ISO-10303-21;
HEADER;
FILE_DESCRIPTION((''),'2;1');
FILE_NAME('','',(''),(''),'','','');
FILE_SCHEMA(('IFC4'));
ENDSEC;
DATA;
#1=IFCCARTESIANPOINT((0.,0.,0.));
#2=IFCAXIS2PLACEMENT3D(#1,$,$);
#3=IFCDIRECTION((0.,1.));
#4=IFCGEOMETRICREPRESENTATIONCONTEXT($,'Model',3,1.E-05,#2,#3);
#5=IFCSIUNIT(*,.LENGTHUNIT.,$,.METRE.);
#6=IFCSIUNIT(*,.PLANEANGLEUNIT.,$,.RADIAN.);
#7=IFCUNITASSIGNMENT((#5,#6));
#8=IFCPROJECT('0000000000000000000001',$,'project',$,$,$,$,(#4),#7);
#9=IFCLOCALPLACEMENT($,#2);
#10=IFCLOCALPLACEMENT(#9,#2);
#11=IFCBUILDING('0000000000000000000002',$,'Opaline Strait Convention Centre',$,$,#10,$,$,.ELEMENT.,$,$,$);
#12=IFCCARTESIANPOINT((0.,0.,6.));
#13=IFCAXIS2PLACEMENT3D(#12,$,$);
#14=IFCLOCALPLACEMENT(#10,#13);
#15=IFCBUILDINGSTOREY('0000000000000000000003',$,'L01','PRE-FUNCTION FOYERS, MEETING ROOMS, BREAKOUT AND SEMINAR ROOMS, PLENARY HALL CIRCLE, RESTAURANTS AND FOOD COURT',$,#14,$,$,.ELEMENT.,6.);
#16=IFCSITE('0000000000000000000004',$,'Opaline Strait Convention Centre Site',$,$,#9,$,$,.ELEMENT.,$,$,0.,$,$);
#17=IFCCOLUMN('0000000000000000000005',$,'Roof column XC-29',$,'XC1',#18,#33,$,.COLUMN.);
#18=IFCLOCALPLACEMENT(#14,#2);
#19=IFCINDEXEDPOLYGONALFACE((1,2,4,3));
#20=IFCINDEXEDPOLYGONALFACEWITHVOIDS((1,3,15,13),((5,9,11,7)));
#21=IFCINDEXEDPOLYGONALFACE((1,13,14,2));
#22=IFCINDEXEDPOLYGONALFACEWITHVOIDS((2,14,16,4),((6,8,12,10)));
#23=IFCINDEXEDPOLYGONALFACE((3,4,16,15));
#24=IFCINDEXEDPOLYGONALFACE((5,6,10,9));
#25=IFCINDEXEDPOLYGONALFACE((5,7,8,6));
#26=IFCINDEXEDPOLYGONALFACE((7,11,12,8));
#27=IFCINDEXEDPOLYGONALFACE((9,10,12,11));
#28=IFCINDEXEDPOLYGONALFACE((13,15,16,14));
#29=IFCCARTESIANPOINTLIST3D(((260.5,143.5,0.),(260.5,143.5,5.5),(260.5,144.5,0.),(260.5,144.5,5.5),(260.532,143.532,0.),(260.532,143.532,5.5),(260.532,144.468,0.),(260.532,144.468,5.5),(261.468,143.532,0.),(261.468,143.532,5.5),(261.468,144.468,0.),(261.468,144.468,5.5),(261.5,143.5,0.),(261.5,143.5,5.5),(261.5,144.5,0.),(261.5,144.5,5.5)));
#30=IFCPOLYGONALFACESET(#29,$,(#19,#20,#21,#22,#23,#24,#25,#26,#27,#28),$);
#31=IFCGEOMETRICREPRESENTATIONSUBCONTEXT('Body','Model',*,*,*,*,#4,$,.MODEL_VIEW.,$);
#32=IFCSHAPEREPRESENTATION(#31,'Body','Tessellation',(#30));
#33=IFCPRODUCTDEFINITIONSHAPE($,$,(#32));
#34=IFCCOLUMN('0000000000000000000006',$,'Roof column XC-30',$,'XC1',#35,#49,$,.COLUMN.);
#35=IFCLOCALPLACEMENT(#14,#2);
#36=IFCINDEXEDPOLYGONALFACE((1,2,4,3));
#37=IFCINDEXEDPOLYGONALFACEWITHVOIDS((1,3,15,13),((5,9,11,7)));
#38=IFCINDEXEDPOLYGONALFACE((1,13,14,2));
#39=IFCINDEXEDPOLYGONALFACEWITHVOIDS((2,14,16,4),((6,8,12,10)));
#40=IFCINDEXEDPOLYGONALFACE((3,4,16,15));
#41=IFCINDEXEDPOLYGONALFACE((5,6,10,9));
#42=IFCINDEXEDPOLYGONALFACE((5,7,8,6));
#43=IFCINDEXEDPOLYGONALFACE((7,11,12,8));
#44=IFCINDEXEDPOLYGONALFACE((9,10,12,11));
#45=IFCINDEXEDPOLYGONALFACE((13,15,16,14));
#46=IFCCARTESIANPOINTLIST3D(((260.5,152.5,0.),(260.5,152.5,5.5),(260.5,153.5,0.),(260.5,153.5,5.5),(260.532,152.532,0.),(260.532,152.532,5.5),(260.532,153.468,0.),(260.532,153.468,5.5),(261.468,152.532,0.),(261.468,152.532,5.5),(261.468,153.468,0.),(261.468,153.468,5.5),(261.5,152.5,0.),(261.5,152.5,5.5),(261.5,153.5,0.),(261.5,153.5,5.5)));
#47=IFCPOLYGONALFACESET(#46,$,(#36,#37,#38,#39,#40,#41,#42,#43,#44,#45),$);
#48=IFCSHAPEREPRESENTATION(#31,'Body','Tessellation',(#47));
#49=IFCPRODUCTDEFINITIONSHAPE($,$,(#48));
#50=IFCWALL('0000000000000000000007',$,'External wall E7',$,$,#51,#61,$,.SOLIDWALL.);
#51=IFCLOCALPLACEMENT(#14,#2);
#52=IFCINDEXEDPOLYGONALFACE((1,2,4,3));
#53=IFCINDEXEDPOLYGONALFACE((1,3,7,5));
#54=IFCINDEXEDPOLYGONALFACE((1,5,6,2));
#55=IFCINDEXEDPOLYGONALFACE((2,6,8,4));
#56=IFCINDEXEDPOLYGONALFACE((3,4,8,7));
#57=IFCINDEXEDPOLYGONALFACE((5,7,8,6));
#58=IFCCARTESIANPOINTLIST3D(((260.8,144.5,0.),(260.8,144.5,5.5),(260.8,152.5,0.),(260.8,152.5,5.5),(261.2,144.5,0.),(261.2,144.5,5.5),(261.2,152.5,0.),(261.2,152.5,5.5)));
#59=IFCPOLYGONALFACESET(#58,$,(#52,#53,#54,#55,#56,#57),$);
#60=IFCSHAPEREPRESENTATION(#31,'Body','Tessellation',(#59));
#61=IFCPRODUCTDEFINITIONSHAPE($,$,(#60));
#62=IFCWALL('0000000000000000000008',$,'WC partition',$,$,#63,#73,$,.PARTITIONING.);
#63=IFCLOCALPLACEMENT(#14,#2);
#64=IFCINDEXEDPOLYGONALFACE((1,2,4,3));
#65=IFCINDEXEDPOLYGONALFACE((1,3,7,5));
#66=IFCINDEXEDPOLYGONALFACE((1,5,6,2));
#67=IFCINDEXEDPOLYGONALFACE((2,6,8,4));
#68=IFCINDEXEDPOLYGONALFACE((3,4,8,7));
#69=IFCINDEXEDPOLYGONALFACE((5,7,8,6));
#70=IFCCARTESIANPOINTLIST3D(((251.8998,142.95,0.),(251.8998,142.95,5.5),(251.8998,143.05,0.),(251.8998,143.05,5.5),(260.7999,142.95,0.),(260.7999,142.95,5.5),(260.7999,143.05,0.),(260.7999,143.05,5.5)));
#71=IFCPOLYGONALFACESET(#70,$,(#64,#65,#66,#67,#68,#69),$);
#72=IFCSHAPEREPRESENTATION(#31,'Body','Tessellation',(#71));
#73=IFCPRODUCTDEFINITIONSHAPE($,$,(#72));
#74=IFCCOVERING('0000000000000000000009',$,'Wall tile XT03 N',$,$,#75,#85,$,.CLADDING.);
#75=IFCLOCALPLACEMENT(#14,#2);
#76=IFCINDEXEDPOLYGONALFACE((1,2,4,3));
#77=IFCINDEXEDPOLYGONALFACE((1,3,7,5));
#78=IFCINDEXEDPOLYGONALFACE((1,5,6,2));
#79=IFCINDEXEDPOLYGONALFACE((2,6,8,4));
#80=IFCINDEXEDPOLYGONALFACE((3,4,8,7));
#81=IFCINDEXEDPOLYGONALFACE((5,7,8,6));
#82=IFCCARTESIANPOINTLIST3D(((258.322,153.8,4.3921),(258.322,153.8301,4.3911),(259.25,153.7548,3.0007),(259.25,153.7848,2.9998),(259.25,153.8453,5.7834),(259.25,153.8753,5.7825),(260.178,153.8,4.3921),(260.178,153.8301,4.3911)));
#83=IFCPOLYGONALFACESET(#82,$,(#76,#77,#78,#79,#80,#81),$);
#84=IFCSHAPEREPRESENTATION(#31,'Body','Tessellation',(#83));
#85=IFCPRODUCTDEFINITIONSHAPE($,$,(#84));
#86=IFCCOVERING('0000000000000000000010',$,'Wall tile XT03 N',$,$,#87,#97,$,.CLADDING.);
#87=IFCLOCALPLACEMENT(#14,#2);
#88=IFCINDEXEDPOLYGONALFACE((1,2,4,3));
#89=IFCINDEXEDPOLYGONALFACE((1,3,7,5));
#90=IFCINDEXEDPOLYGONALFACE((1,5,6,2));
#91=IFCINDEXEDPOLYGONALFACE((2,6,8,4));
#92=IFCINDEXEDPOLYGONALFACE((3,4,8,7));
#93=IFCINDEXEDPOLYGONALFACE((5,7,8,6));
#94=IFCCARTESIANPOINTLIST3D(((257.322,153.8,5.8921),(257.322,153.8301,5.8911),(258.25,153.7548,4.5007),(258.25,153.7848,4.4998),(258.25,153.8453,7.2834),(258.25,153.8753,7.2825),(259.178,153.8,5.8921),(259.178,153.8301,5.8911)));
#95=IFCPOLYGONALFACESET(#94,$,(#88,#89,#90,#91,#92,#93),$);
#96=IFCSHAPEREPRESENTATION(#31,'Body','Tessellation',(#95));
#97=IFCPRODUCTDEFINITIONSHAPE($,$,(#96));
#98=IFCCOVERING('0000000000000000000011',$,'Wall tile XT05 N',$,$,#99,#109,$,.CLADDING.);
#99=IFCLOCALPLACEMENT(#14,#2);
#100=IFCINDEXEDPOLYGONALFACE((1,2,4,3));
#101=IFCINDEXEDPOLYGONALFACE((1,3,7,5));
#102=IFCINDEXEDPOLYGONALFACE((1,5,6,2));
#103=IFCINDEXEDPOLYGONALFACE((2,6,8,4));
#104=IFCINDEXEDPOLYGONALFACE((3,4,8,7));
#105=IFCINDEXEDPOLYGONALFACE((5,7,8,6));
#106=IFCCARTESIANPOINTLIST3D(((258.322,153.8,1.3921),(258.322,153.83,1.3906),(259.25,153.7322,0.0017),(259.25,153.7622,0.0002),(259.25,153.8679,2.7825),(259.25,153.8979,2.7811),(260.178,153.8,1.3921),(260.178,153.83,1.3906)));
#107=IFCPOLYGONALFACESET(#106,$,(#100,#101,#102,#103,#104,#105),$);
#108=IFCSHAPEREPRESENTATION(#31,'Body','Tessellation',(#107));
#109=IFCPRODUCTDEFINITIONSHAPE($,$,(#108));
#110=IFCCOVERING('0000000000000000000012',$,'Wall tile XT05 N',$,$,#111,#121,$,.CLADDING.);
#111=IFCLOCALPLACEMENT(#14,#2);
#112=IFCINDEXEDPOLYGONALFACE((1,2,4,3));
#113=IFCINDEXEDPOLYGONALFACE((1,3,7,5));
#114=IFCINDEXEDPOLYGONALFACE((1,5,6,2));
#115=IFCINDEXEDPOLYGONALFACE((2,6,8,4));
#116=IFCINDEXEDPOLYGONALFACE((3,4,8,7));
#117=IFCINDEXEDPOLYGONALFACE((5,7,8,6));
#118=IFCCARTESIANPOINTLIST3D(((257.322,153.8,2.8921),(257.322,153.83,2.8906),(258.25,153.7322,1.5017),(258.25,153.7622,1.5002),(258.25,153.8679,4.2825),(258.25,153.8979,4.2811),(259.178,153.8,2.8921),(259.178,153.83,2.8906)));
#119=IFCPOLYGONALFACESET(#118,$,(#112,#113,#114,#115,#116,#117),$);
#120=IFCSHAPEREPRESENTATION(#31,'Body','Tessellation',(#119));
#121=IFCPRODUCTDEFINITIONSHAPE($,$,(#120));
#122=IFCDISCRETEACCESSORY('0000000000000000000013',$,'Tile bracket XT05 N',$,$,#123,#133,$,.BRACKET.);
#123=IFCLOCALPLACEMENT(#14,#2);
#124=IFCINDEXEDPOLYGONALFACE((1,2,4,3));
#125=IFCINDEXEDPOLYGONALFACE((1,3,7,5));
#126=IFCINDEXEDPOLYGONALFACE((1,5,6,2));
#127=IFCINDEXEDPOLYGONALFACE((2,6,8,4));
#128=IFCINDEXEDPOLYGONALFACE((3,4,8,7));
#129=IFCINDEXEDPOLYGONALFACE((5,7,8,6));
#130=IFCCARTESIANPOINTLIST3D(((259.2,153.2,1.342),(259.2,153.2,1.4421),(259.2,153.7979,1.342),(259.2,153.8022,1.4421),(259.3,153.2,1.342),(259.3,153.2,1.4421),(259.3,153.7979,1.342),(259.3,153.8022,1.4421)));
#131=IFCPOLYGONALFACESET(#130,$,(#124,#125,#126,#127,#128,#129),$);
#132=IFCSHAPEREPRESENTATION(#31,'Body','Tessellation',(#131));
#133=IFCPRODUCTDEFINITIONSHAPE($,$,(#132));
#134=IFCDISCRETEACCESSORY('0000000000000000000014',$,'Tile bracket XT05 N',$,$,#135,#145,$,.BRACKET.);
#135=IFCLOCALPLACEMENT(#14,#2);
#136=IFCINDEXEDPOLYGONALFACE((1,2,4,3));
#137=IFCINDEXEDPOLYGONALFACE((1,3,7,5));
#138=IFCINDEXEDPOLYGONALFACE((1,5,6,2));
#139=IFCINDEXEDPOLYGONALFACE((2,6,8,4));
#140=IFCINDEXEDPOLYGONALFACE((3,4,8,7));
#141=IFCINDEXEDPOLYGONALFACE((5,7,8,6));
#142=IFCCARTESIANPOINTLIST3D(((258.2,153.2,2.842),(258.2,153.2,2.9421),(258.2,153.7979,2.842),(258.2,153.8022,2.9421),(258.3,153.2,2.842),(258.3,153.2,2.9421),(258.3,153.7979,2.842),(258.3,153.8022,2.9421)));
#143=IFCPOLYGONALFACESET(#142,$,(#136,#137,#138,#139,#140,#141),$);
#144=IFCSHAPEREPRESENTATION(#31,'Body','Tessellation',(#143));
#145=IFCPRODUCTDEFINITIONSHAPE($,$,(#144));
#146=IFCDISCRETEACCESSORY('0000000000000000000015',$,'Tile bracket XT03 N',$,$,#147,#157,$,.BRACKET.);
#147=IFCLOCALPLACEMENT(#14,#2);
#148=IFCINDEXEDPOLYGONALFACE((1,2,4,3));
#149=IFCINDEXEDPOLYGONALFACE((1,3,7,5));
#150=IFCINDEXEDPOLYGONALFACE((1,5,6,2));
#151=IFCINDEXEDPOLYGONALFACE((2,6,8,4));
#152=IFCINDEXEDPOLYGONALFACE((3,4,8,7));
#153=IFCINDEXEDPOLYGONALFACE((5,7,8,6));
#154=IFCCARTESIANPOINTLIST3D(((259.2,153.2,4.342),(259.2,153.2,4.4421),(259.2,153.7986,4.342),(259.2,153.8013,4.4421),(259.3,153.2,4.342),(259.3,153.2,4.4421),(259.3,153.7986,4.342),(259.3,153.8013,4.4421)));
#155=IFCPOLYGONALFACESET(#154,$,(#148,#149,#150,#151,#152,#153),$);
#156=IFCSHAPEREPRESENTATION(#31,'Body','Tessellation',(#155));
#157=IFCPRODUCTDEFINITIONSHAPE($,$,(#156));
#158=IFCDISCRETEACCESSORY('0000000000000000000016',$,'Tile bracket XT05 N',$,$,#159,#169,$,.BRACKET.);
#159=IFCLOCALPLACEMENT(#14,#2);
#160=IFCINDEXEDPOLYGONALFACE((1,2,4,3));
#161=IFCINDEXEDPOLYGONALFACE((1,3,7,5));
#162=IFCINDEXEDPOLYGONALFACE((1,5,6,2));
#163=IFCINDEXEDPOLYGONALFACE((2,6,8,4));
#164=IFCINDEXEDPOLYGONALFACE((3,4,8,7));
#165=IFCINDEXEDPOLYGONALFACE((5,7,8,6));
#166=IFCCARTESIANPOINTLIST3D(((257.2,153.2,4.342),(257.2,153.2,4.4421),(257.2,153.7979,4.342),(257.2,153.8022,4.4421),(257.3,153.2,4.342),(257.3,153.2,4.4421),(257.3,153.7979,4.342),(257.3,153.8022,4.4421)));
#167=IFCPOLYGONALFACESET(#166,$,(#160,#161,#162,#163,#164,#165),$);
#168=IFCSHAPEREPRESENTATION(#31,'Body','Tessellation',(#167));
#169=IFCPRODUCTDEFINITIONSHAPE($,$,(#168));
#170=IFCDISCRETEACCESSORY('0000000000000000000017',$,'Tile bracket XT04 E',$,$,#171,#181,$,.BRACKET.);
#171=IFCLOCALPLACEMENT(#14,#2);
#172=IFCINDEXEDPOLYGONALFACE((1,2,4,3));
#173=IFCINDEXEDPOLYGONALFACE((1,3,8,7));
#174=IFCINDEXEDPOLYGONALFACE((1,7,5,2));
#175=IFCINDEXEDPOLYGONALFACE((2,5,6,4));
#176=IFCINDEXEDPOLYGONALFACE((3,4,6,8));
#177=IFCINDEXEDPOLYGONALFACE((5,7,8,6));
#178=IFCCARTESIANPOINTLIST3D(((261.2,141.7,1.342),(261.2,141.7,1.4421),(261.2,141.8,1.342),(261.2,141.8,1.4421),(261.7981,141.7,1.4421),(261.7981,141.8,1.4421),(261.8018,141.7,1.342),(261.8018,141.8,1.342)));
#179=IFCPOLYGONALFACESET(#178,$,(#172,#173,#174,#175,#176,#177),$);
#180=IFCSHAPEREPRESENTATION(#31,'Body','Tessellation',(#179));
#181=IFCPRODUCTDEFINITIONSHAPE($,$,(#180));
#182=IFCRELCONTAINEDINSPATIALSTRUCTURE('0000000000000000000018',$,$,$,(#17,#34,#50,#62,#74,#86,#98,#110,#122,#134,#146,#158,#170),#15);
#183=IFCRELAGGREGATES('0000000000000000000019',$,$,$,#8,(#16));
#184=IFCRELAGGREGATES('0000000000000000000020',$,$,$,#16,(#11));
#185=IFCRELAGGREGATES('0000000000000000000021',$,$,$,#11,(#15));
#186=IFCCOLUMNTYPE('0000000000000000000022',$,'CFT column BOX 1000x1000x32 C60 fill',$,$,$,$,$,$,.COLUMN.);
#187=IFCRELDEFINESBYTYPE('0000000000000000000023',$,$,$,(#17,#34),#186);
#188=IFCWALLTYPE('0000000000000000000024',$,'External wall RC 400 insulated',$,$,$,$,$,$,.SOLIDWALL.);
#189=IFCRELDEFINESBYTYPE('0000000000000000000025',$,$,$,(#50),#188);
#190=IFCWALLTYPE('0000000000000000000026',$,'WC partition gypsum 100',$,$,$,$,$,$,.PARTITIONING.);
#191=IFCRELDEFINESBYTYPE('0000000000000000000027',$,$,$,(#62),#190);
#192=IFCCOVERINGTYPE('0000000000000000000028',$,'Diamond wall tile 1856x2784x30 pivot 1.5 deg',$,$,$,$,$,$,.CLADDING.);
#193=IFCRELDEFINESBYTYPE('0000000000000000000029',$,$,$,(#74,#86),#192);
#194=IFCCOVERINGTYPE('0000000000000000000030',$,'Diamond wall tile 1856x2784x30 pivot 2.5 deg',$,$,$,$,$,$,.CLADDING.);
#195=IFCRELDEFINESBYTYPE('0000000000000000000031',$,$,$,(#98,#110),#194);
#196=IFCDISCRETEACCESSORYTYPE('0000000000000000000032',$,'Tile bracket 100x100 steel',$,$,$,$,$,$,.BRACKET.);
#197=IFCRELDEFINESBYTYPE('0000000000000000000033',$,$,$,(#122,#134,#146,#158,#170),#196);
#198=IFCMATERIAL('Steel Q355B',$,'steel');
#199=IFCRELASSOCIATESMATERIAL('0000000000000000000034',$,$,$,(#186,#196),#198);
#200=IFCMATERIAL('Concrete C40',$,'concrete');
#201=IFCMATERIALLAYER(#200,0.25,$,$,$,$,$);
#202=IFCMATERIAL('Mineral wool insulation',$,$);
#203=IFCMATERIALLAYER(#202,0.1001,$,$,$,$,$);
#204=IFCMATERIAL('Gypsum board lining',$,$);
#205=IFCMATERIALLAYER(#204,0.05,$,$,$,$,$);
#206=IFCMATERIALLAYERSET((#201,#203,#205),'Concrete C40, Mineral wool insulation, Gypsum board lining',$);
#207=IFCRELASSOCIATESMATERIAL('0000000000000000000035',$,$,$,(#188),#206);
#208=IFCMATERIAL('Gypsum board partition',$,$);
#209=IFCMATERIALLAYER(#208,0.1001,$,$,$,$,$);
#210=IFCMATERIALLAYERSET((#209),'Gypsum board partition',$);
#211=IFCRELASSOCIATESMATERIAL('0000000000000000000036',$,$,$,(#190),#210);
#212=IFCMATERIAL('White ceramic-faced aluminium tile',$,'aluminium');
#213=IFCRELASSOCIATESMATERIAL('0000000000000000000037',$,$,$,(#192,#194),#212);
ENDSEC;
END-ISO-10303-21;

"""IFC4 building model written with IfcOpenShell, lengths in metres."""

from ifc_helpers import new_model, si_unit, direction, frame, frame_2d, origin, origin_2d, place, context, subcontext, project, spatial, polyline, rectangle, hollow_rectangle, outline, extrude, material, layer, layer_set, material_profile, profile_set, type_object, element, save


model = new_model("IFC4")

# Units and contexts
model_context = context("Model", 3, precision=1e-05, world=origin(), true_north=direction((0.0, 1.0)))
body_context = subcontext(model_context, "Body", "Model", "MODEL_VIEW")
ifc_project = project(units=[si_unit("LENGTHUNIT", "METRE"), si_unit("PLANEANGLEUNIT", "RADIAN")], contexts=[model_context])

# Site, building, storey
site_placement = place(None, origin())
site = spatial("IfcSite", under=ifc_project, at=site_placement, Name="Opaline Strait Convention Centre Site", CompositionType="ELEMENT", RefElevation=0.0)
building_placement = place(site_placement, origin())
building = spatial("IfcBuilding", under=site, at=building_placement, Name="Opaline Strait Convention Centre", CompositionType="ELEMENT")
storey_placement = place(building_placement, frame((0.0, 0.0, 6.0)))
storey = spatial("IfcBuildingStorey", under=building, at=storey_placement, Name="L01", Description="PRE-FUNCTION FOYERS, MEETING ROOMS, BREAKOUT AND SEMINAR ROOMS, PLENARY HALL CIRCLE, RESTAURANTS AND FOOD COURT", CompositionType="ELEMENT", Elevation=6.0)

# Columns
ifc_material_1 = material(Name="Steel Q355B", Category="steel")
ifc_material_profile_1 = material_profile(ifc_material_1, hollow_rectangle(XDim=1.0, YDim=1.0, WallThickness=0.032, at=origin_2d()), Name="BOX 1000x1000x32")
ifc_profile_set_1 = profile_set([ifc_material_profile_1], Name="Steel Q355B")
column_type = type_object("IfcColumnType", Name="CFT column BOX 1000x1000x32 C60 fill", PredefinedType="COLUMN", material=ifc_profile_set_1)
for number, where, z_axis, x_axis, name in (
    (1, (261.0, 144.0, 0.0), (0.0, 0.0, 1.0), (1.0, 0.0, 0.0), "Roof column XC-29"),
    (2, (261.0, 153.0, 0.0), (0.0, 0.0, 1.0), (1.0, 0.0, 0.0), "Roof column XC-30"),
):
    element("IfcColumn", number, at=place(storey_placement, frame(where, z_axis=z_axis, x_axis=x_axis)), inside=storey, type_object=column_type, Name=name, ObjectType="XC1", PredefinedType="COLUMN", context=body_context, shape_type="SweptSolid", body=[
        extrude(hollow_rectangle(XDim=1.0, YDim=1.0, WallThickness=0.032, at=origin_2d()), origin(), (0.0, 0.0, 1.0), 5.5),
    ])

# Walls
ifc_material_2 = material(Name="Concrete C40", Category="concrete")
ifc_layer_1 = layer(ifc_material_2, 0.25)
ifc_material_3 = material(Name="Mineral wool insulation")
ifc_layer_2 = layer(ifc_material_3, 0.1001)
ifc_material_4 = material(Name="Gypsum board lining")
ifc_layer_3 = layer(ifc_material_4, 0.05)
ifc_layer_set_1 = layer_set([ifc_layer_1, ifc_layer_2, ifc_layer_3], Name="Concrete C40, Mineral wool insulation, Gypsum board lining")
wall_type_1 = type_object("IfcWallType", Name="External wall RC 400 insulated", PredefinedType="SOLIDWALL", material=ifc_layer_set_1)
wall_1_placement = place(storey_placement, frame((261.0, 144.5, 0.0), z_axis=(0.0, 0.0, 1.0), x_axis=(0.0, 1.0, 0.0)))
element("IfcWall", 3, at=wall_1_placement, inside=storey, type_object=wall_type_1, Name="External wall E7", PredefinedType="SOLIDWALL", context=body_context, shape_type="SweptSolid", body=[
    extrude(rectangle(XDim=8.0, YDim=0.3999, at=frame_2d((4.0, 0.0))), origin(), (0.0, 0.0, 1.0), 5.5),
])
ifc_material_5 = material(Name="Gypsum board partition")
ifc_layer_4 = layer(ifc_material_5, 0.1001)
ifc_layer_set_2 = layer_set([ifc_layer_4], Name="Gypsum board partition")
wall_type_2 = type_object("IfcWallType", Name="WC partition gypsum 100", PredefinedType="PARTITIONING", material=ifc_layer_set_2)
wall_2_placement = place(storey_placement, frame((260.8, 143.0, 0.0), z_axis=(0.0, 0.0, 1.0), x_axis=(-1.0, 0.0, 0.0)))
element("IfcWall", 4, at=wall_2_placement, inside=storey, type_object=wall_type_2, Name="WC partition", PredefinedType="PARTITIONING", context=body_context, shape_type="SweptSolid", body=[
    extrude(rectangle(XDim=8.9001, YDim=0.1001, at=frame_2d((4.4502, 0.0))), origin(), (0.0, 0.0, 1.0), 5.5),
])

# Coverings
ifc_material_6 = material(Name="White ceramic-faced aluminium tile", Category="aluminium")
ifc_material_profile_2 = material_profile(ifc_material_6, outline(polyline([(0.928, 0.0), (0.0, 1.3921), (-0.928, 0.0), (0.0, -1.3921), (0.928, 0.0)])), Name="Diamond tile 1856x2784")
ifc_profile_set_2 = profile_set([ifc_material_profile_2], Name="White ceramic-faced aluminium tile")
covering_type_1 = type_object("IfcCoveringType", Name="Diamond wall tile 1856x2784x30 pivot 1.5 deg", PredefinedType="CLADDING", material=ifc_profile_set_2)
for number, where, z_axis, x_axis, name in (
    (5, (259.25, 153.8, 4.3921), (0.0, 0.999472, -0.032503), (-1.0, 0.0, 0.0), "Wall tile XT03 N"),
    (6, (258.25, 153.8, 5.8921), (0.0, 0.999472, -0.032503), (-1.0, 0.0, 0.0), "Wall tile XT03 N"),
):
    element("IfcCovering", number, at=place(storey_placement, frame(where, z_axis=z_axis, x_axis=x_axis)), inside=storey, type_object=covering_type_1, Name=name, PredefinedType="CLADDING", context=body_context, shape_type="SweptSolid", body=[
        extrude(outline(polyline([(0.928, 0.0), (0.0, 1.3921), (-0.928, 0.0), (0.0, -1.3921), (0.928, 0.0)])), origin(), (0.0, 0.0, 1.0), 0.03),
    ])
ifc_material_profile_3 = material_profile(ifc_material_6, outline(polyline([(0.928, 0.0), (0.0, 1.3921), (-0.928, 0.0), (0.0, -1.3921), (0.928, 0.0)])), Name="Diamond tile 1856x2784")
ifc_profile_set_3 = profile_set([ifc_material_profile_3], Name="White ceramic-faced aluminium tile")
covering_type_2 = type_object("IfcCoveringType", Name="Diamond wall tile 1856x2784x30 pivot 2.5 deg", PredefinedType="CLADDING", material=ifc_profile_set_3)
for number, where, z_axis, x_axis, name in (
    (7, (259.25, 153.8, 1.3921), (0.0, 0.998812, -0.048723), (-1.0, 0.0, 0.0), "Wall tile XT05 N"),
    (8, (258.25, 153.8, 2.8921), (0.0, 0.998812, -0.048723), (-1.0, 0.0, 0.0), "Wall tile XT05 N"),
):
    element("IfcCovering", number, at=place(storey_placement, frame(where, z_axis=z_axis, x_axis=x_axis)), inside=storey, type_object=covering_type_2, Name=name, PredefinedType="CLADDING", context=body_context, shape_type="SweptSolid", body=[
        extrude(outline(polyline([(0.928, 0.0), (0.0, 1.3921), (-0.928, 0.0), (0.0, -1.3921), (0.928, 0.0)])), origin(), (0.0, 0.0, 1.0), 0.03),
    ])

# Discrete accessories
discrete_accessory_type = type_object("IfcDiscreteAccessoryType", Name="Tile bracket 100x100 steel", PredefinedType="BRACKET", material=ifc_material_1)
for number, where, z_axis, x_axis, name in (
    (9, (259.3, 153.2, 1.3921), (-1.0, 0.0, 0.0), (0.0, -1.0, 0.0), "Tile bracket XT05 N"),
    (10, (258.3, 153.2, 2.8921), (-1.0, 0.0, 0.0), (0.0, -1.0, 0.0), "Tile bracket XT05 N"),
):
    element("IfcDiscreteAccessory", number, at=place(storey_placement, frame(where, z_axis=z_axis, x_axis=x_axis)), inside=storey, type_object=discrete_accessory_type, Name=name, PredefinedType="BRACKET", context=body_context, shape_type="SweptSolid", body=[
        extrude(outline(polyline([(0.0, -0.05), (0.0, 0.05), (-0.6023, 0.05), (-0.5979, -0.05), (0.0, -0.05)])), origin(), (0.0, 0.0, 1.0), 0.1001),
    ])
discrete_accessory_1_placement = place(storey_placement, frame((259.3, 153.2, 4.3921), z_axis=(-1.0, 0.0, 0.0), x_axis=(0.0, -1.0, 0.0)))
element("IfcDiscreteAccessory", 11, at=discrete_accessory_1_placement, inside=storey, type_object=discrete_accessory_type, Name="Tile bracket XT03 N", PredefinedType="BRACKET", context=body_context, shape_type="SweptSolid", body=[
    extrude(outline(polyline([(0.0, -0.05), (0.0, 0.05), (-0.6013, 0.05), (-0.5986, -0.05), (0.0, -0.05)])), origin(), (0.0, 0.0, 1.0), 0.1001),
])
discrete_accessory_2_placement = place(storey_placement, frame((257.3, 153.2, 4.3921), z_axis=(-1.0, 0.0, 0.0), x_axis=(0.0, -1.0, 0.0)))
element("IfcDiscreteAccessory", 12, at=discrete_accessory_2_placement, inside=storey, type_object=discrete_accessory_type, Name="Tile bracket XT05 N", PredefinedType="BRACKET", context=body_context, shape_type="SweptSolid", body=[
    extrude(outline(polyline([(0.0, -0.05), (0.0, 0.05), (-0.6023, 0.05), (-0.5979, -0.05), (0.0, -0.05)])), origin(), (0.0, 0.0, 1.0), 0.1001),
])
discrete_accessory_3_placement = place(storey_placement, frame((261.2, 141.7, 1.3921), z_axis=(0.0, 1.0, 0.0), x_axis=(-1.0, 0.0, 0.0)))
element("IfcDiscreteAccessory", 13, at=discrete_accessory_3_placement, inside=storey, type_object=discrete_accessory_type, Name="Tile bracket XT04 E", PredefinedType="BRACKET", context=body_context, shape_type="SweptSolid", body=[
    extrude(outline(polyline([(0.0, -0.05), (0.0, 0.05), (-0.5981, 0.05), (-0.6018, -0.05), (0.0, -0.05)])), origin(), (0.0, 0.0, 1.0), 0.1001),
])

save(model, "model.ifc")
